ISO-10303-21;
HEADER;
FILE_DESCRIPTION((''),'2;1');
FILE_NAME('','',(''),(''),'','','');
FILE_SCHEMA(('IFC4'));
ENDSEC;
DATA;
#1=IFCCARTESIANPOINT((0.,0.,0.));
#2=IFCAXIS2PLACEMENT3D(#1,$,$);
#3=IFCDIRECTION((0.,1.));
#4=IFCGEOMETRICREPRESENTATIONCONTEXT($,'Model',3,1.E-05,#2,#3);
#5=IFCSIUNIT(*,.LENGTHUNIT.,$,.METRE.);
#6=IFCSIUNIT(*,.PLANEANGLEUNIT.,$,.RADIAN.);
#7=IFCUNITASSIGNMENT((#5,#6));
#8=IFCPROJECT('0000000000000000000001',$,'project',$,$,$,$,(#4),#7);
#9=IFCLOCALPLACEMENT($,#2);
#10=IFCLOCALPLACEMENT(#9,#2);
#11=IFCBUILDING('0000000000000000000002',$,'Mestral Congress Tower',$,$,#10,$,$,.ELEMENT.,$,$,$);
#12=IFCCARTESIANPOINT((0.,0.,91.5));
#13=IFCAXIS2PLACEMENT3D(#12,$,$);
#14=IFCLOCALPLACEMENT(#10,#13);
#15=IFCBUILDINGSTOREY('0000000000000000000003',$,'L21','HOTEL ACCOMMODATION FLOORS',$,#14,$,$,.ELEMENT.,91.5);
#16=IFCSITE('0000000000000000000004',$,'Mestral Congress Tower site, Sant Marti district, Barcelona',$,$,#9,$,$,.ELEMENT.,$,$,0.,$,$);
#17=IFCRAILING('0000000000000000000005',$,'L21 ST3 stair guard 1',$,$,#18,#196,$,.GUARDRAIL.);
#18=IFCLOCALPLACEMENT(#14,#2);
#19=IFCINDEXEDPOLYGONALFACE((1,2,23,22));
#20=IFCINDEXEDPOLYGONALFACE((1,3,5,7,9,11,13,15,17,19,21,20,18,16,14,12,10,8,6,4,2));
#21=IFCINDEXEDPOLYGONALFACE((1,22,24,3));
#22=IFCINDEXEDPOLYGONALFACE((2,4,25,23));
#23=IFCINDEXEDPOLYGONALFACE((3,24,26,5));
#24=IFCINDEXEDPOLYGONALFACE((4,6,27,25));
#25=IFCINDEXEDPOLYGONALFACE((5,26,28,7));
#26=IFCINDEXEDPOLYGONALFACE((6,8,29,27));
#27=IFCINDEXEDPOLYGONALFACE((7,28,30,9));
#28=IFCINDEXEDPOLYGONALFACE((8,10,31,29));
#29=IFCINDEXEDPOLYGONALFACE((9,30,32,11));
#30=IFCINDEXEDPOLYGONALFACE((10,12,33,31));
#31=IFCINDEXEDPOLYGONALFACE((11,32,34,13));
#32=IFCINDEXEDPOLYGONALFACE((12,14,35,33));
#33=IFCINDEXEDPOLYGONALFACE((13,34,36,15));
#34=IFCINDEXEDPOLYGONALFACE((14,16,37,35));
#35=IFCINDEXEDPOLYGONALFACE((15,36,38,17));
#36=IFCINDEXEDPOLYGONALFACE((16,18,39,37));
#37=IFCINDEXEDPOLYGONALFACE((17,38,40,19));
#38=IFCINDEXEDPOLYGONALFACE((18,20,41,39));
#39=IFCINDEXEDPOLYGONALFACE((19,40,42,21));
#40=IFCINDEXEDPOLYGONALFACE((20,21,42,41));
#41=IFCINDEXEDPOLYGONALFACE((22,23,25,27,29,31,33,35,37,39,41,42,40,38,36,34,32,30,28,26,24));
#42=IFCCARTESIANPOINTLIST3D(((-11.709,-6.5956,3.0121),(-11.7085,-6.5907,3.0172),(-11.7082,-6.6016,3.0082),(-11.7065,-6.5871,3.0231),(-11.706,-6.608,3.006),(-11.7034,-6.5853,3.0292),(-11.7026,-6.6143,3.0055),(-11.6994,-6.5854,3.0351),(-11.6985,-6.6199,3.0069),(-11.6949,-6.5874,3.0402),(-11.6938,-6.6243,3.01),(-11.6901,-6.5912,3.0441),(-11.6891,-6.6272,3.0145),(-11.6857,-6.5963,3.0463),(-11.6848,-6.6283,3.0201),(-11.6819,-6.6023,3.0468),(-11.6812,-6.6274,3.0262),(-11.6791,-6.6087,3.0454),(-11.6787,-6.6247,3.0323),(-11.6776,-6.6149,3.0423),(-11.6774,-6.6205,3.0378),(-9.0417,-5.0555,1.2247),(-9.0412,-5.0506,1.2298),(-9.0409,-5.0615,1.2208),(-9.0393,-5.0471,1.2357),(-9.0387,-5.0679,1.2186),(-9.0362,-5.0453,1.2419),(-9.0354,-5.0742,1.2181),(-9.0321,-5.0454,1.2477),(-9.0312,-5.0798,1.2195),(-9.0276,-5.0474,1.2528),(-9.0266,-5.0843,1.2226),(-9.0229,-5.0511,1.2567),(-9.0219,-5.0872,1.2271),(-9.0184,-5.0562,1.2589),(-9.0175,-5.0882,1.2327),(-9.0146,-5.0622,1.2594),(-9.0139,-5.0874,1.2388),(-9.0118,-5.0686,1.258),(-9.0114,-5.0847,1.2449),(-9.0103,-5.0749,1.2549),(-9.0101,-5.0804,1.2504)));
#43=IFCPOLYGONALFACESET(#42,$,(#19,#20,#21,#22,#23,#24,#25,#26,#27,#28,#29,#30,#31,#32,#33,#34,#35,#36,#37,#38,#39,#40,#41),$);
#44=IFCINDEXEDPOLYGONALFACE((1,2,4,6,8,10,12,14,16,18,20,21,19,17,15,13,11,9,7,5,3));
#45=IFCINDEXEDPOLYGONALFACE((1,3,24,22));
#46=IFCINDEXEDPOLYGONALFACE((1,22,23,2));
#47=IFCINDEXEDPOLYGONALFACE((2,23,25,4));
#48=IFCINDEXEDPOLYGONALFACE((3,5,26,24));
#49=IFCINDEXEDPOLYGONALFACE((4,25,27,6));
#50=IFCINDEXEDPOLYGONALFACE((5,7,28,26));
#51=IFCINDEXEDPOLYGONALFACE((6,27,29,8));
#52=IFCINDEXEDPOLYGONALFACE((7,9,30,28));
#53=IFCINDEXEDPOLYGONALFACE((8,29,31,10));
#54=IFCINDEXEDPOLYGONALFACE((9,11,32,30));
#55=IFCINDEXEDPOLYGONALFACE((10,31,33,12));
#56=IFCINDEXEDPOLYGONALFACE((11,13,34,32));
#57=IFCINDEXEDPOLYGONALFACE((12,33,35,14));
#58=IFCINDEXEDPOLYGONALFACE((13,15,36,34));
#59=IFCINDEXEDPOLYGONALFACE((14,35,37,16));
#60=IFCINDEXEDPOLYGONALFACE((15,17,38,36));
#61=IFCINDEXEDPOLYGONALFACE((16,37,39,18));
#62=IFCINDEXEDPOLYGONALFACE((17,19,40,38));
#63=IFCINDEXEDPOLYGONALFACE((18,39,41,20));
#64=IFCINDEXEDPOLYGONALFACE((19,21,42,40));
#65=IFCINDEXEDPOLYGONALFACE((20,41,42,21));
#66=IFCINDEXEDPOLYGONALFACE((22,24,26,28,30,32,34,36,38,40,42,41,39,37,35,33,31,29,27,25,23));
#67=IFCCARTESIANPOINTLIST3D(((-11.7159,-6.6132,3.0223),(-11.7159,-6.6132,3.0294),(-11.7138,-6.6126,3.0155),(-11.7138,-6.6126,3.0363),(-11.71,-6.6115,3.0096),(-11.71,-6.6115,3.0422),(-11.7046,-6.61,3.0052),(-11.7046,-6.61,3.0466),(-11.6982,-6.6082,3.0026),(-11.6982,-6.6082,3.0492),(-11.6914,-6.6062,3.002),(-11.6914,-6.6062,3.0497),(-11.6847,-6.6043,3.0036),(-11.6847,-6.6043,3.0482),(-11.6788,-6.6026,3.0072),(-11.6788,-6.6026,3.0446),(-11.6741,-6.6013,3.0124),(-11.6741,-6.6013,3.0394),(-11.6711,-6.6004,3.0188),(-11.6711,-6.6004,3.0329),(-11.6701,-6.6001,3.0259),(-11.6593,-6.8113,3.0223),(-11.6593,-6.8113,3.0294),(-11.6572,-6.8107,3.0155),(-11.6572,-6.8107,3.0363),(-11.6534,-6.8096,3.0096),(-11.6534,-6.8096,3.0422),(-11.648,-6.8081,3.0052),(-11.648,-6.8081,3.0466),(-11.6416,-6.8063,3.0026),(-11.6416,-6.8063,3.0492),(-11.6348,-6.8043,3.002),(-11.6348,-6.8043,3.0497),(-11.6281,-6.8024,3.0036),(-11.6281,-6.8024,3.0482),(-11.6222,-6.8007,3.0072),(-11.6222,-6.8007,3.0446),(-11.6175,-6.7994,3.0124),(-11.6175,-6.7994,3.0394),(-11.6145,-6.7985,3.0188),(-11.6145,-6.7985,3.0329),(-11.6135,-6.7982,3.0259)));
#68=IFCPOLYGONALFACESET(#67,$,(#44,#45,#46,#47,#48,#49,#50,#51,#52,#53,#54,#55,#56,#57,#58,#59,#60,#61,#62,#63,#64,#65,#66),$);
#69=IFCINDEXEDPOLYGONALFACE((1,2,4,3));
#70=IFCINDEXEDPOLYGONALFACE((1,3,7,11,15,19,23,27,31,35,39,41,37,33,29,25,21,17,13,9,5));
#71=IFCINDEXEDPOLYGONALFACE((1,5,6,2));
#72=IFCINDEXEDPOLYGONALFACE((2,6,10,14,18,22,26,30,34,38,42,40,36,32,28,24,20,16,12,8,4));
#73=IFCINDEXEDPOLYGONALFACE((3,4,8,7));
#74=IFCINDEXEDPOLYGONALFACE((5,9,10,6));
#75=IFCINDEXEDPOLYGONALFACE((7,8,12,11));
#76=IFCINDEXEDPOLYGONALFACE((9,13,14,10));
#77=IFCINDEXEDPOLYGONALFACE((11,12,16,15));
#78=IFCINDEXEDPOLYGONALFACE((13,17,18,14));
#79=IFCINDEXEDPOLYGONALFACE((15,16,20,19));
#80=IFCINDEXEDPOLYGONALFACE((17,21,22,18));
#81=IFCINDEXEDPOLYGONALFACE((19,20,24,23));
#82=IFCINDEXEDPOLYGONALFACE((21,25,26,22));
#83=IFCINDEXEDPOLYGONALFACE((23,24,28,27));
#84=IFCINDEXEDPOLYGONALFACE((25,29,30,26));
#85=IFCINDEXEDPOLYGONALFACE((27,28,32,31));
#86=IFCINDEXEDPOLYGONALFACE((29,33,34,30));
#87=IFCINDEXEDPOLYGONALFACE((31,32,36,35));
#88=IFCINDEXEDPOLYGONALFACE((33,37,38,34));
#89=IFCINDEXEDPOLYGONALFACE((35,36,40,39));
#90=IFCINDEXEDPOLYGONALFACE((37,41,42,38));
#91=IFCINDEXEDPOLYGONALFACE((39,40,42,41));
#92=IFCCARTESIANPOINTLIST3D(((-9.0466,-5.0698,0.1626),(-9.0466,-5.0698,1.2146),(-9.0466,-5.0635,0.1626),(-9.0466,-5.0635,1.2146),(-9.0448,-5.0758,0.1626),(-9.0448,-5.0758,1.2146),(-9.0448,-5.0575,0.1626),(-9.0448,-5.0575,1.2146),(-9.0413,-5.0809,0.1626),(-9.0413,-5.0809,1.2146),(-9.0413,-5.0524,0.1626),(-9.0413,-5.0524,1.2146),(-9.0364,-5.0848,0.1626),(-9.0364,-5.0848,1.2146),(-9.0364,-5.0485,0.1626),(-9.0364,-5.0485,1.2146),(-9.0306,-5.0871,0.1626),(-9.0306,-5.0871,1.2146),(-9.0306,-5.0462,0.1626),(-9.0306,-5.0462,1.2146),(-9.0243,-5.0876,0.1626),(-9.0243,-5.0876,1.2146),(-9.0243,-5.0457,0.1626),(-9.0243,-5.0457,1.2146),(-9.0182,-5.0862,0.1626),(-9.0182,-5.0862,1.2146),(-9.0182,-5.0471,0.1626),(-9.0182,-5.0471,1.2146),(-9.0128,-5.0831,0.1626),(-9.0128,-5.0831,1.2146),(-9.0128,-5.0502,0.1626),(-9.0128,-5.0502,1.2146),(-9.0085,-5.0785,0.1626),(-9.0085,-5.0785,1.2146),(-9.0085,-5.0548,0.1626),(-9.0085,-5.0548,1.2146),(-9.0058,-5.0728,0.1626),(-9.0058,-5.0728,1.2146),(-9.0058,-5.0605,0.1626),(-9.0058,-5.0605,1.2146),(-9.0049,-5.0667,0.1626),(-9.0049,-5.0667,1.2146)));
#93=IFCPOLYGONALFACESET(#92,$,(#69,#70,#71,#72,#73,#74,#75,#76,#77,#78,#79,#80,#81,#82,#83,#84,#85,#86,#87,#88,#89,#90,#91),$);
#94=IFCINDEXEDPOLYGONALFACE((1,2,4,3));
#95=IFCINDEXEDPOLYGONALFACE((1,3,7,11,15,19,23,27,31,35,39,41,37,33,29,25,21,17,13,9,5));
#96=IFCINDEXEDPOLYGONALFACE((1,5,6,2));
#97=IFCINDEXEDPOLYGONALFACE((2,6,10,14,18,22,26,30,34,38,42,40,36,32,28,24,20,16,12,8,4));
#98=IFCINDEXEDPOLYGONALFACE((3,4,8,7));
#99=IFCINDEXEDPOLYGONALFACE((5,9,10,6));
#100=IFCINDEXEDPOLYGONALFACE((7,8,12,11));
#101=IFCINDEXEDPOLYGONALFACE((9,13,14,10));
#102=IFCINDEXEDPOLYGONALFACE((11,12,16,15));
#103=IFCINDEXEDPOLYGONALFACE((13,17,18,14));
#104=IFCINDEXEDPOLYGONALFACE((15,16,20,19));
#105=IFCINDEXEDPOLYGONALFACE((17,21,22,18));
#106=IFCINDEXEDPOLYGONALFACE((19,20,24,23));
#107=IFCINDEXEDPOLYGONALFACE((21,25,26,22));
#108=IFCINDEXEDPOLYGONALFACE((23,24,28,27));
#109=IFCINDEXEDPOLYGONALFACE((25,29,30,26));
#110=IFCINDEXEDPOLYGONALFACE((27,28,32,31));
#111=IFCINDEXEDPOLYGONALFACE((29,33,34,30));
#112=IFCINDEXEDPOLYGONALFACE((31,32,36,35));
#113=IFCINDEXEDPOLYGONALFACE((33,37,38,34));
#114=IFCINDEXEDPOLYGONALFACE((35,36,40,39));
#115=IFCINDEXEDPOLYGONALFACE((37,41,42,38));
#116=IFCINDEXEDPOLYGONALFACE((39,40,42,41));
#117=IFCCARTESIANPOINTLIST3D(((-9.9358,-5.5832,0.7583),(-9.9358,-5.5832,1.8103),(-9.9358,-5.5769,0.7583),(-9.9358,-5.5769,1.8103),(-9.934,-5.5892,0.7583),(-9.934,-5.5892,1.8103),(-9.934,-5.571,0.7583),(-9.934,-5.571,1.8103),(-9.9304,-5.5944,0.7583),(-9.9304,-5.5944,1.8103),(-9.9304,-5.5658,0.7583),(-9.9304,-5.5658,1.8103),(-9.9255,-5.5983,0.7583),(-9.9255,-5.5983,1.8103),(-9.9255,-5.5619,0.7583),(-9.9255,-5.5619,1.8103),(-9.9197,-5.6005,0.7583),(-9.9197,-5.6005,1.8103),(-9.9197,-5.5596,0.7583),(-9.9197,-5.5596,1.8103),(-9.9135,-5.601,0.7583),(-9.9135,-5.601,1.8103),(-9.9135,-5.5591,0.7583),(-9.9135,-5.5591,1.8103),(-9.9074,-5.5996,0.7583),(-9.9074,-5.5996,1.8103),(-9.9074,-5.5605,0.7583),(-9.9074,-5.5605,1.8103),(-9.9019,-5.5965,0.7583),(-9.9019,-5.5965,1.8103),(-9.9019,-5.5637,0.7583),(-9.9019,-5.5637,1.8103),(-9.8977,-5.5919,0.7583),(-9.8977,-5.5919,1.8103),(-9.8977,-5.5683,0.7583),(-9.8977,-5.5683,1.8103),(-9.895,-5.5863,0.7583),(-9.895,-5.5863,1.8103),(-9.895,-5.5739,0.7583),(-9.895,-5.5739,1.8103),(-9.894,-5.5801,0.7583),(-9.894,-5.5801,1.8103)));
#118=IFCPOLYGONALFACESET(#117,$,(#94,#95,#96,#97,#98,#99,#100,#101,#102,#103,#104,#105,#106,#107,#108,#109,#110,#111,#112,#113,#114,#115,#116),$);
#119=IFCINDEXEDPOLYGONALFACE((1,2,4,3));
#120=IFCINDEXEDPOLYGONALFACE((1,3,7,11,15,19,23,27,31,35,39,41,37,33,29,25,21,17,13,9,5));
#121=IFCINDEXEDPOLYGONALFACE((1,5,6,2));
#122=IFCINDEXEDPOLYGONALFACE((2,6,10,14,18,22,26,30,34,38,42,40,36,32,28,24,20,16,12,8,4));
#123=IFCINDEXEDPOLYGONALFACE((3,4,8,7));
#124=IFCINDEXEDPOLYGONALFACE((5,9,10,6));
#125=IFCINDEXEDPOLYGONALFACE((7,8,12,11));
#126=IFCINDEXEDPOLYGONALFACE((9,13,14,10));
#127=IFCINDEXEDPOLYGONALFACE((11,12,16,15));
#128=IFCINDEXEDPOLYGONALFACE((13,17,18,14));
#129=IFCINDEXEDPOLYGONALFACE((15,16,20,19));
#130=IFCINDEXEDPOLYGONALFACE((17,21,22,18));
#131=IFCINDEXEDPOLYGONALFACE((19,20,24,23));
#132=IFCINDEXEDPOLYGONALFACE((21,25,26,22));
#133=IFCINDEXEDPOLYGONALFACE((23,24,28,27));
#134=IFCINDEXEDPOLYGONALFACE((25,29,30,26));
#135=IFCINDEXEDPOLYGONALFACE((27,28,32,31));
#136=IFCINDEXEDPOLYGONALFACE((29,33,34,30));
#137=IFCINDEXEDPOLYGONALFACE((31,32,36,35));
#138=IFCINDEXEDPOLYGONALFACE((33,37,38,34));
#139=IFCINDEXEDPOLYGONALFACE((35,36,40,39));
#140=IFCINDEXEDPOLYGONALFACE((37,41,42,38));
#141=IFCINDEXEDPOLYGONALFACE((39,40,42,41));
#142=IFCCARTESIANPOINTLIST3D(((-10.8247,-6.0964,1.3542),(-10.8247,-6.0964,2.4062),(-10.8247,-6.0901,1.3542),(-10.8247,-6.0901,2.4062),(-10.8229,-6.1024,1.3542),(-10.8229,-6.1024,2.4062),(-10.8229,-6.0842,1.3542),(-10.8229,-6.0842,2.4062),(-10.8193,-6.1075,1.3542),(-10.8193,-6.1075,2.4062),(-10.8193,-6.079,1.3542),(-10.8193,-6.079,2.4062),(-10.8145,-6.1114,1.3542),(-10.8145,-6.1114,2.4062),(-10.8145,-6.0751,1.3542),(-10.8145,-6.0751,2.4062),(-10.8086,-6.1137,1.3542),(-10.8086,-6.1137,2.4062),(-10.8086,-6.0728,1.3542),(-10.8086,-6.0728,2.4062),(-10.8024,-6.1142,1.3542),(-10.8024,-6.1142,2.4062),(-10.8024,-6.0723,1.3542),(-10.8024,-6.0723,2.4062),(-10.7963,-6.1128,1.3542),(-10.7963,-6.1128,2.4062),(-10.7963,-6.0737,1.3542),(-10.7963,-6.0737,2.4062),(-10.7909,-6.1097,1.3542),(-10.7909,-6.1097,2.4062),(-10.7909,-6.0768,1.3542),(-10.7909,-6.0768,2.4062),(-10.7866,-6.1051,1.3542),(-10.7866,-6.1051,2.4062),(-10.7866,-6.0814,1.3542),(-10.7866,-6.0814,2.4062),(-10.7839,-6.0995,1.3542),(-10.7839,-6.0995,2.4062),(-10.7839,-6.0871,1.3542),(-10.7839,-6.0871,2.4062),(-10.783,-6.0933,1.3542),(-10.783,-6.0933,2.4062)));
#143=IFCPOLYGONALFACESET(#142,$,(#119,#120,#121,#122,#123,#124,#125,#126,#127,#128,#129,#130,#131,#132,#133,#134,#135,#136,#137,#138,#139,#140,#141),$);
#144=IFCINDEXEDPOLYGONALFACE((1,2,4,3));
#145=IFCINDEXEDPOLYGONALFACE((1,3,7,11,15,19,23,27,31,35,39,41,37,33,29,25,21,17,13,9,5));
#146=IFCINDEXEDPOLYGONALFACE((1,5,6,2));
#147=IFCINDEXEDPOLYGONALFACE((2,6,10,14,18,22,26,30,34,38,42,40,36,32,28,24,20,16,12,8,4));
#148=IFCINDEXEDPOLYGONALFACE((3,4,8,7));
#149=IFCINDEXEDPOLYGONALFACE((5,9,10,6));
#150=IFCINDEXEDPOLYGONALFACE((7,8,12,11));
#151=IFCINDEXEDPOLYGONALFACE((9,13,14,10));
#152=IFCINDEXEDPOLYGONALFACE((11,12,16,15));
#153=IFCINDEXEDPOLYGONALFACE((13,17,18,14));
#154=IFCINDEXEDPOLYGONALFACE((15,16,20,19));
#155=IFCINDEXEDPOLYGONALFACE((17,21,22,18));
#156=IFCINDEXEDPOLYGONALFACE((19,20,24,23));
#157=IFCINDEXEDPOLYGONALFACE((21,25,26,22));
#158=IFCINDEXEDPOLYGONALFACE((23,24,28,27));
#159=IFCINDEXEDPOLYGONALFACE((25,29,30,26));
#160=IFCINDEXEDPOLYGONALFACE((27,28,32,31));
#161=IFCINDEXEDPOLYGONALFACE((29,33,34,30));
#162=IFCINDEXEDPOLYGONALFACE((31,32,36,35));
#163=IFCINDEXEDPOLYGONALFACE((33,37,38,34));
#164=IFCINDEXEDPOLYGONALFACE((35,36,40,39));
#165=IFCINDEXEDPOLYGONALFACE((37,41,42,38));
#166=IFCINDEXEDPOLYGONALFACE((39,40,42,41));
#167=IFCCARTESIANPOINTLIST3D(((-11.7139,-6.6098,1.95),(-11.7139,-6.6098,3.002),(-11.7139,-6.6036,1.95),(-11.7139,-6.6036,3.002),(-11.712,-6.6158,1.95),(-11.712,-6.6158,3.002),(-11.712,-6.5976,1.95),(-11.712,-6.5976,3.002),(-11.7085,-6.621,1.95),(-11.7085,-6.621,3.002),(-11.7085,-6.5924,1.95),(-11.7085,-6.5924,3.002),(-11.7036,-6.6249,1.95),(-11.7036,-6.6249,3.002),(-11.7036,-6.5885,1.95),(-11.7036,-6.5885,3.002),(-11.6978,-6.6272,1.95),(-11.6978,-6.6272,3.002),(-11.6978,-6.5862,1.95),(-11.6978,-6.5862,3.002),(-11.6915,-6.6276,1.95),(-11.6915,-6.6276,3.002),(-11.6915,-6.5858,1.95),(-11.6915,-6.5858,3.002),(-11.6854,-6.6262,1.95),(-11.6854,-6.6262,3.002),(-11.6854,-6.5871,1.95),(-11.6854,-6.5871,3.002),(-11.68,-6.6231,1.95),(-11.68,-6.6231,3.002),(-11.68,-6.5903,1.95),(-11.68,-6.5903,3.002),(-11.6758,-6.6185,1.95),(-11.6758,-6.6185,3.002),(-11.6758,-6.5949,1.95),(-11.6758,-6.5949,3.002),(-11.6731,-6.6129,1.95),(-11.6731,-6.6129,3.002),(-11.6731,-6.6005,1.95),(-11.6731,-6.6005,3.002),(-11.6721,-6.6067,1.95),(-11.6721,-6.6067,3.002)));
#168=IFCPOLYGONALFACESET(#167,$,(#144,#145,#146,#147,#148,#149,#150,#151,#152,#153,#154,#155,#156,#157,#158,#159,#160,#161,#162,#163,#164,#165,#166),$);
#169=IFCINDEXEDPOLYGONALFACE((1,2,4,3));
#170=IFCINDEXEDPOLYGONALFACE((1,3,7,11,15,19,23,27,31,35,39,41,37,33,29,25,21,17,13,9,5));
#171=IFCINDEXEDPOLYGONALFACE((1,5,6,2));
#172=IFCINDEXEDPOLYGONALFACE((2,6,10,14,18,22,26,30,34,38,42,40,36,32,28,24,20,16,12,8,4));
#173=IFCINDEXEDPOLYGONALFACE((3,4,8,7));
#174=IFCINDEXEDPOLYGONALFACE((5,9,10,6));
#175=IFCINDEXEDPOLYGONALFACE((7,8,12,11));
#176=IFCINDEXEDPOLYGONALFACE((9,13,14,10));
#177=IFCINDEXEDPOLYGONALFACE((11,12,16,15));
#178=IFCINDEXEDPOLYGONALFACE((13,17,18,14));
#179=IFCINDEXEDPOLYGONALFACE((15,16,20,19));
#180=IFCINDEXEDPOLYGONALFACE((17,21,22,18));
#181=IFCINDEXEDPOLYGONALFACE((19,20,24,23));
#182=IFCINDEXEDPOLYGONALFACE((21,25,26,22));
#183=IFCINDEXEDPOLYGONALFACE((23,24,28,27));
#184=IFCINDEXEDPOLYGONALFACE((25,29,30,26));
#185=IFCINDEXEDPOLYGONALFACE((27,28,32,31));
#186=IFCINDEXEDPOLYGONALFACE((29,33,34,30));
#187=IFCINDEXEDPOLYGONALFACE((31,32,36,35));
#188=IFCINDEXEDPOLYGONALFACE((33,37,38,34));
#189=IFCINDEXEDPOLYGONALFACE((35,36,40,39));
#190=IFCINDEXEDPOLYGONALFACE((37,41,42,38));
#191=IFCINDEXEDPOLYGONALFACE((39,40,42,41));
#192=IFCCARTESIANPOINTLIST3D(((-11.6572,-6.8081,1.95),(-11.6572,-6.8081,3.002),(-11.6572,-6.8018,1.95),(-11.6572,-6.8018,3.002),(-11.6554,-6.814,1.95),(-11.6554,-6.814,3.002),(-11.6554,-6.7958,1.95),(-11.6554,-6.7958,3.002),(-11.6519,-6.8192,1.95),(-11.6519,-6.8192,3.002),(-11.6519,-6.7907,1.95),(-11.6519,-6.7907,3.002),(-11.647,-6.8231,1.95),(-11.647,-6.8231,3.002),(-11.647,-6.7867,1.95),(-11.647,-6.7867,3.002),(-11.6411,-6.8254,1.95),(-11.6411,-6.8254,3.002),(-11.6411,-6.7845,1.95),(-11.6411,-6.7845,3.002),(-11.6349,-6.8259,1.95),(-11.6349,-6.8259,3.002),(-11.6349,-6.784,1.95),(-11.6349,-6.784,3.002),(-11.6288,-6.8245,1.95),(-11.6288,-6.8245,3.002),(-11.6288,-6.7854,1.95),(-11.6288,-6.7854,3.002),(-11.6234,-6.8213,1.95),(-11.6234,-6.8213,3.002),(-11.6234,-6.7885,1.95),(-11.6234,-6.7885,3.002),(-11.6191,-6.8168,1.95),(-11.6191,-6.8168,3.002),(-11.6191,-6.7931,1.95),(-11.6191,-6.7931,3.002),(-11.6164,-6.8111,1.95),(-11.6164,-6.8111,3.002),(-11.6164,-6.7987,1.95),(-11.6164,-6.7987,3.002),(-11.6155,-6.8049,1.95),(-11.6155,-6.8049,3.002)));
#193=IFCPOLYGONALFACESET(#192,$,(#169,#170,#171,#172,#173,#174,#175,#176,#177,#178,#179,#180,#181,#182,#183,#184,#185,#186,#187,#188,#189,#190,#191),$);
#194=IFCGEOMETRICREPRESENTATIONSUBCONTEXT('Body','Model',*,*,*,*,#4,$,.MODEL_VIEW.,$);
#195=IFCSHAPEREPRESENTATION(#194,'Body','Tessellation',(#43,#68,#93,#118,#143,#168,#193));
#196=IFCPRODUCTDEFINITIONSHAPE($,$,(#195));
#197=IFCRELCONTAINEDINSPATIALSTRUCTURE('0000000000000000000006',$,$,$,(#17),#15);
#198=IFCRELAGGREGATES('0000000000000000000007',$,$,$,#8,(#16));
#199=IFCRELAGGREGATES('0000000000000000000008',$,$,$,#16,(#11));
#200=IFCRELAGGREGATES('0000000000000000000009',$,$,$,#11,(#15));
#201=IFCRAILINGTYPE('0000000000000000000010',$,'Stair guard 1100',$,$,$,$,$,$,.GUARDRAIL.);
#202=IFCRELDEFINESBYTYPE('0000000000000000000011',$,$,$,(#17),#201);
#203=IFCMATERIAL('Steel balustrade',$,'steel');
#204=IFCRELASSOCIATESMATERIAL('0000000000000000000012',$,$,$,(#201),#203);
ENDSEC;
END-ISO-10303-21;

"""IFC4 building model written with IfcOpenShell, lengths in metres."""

from ifc_helpers import new_model, si_unit, direction, frame, origin, origin_2d, place, context, subcontext, project, spatial, circle, extrude, material, type_object, element, save


model = new_model("IFC4")

# Units and contexts
model_context = context("Model", 3, precision=1e-05, world=origin(), true_north=direction((0.0, 1.0)))
body_context = subcontext(model_context, "Body", "Model", "MODEL_VIEW")
ifc_project = project(units=[si_unit("LENGTHUNIT", "METRE"), si_unit("PLANEANGLEUNIT", "RADIAN")], contexts=[model_context])

# Site, building, storey
site_placement = place(None, origin())
site = spatial("IfcSite", under=ifc_project, at=site_placement, Name="Mestral Congress Tower site, Sant Marti district, Barcelona", CompositionType="ELEMENT", RefElevation=0.0)
building_placement = place(site_placement, origin())
building = spatial("IfcBuilding", under=site, at=building_placement, Name="Mestral Congress Tower", CompositionType="ELEMENT")
storey_placement = place(building_placement, frame((0.0, 0.0, 91.5)))
storey = spatial("IfcBuildingStorey", under=building, at=storey_placement, Name="L21", Description="HOTEL ACCOMMODATION FLOORS", CompositionType="ELEMENT", Elevation=91.5)

# Railing
ifc_material_1 = material(Name="Steel balustrade", Category="steel")
railing_type_1 = type_object("IfcRailingType", Name="Stair guard 1100", PredefinedType="GUARDRAIL", material=ifc_material_1)
railing_1_placement = place(storey_placement, frame((-9.0259, -5.0667, 0.1626)))
element("IfcRailing", 1, at=railing_1_placement, inside=storey, type_object=railing_type_1, Name="L21 ST3 stair guard 1", PredefinedType="GUARDRAIL", context=body_context, shape_type="SweptSolid", body=[
    extrude(circle(Radius=0.0239, at=origin_2d()), frame((0.0, 0.0, 1.0762), z_axis=(-0.74902, -0.432477, 0.501929), x_axis=(0.500027, -0.86601, 0.0)), (0.0, 0.0, 1.0), 3.561),
    extrude(circle(Radius=0.0239, at=origin_2d()), frame((-2.6672, -1.54, 2.8633), z_axis=(0.274721, -0.961524, 0.0), x_axis=(0.961524, 0.274721, 0.0)), (0.0, 0.0, 1.0), 0.2061),
    extrude(circle(Radius=0.021, at=origin_2d()), origin(), (0.0, 0.0, 1.0), 1.052),
    extrude(circle(Radius=0.021, at=origin_2d()), frame((-0.8892, -0.5134, 0.5957)), (0.0, 0.0, 1.0), 1.052),
    extrude(circle(Radius=0.021, at=origin_2d()), frame((-1.7781, -1.0266, 1.1917)), (0.0, 0.0, 1.0), 1.052),
    extrude(circle(Radius=0.021, at=origin_2d()), frame((-2.6672, -1.54, 1.7874)), (0.0, 0.0, 1.0), 1.052),
    extrude(circle(Radius=0.021, at=origin_2d()), frame((-2.6106, -1.7383, 1.7874)), (0.0, 0.0, 1.0), 1.052),
])

save(model, "model.ifc")
